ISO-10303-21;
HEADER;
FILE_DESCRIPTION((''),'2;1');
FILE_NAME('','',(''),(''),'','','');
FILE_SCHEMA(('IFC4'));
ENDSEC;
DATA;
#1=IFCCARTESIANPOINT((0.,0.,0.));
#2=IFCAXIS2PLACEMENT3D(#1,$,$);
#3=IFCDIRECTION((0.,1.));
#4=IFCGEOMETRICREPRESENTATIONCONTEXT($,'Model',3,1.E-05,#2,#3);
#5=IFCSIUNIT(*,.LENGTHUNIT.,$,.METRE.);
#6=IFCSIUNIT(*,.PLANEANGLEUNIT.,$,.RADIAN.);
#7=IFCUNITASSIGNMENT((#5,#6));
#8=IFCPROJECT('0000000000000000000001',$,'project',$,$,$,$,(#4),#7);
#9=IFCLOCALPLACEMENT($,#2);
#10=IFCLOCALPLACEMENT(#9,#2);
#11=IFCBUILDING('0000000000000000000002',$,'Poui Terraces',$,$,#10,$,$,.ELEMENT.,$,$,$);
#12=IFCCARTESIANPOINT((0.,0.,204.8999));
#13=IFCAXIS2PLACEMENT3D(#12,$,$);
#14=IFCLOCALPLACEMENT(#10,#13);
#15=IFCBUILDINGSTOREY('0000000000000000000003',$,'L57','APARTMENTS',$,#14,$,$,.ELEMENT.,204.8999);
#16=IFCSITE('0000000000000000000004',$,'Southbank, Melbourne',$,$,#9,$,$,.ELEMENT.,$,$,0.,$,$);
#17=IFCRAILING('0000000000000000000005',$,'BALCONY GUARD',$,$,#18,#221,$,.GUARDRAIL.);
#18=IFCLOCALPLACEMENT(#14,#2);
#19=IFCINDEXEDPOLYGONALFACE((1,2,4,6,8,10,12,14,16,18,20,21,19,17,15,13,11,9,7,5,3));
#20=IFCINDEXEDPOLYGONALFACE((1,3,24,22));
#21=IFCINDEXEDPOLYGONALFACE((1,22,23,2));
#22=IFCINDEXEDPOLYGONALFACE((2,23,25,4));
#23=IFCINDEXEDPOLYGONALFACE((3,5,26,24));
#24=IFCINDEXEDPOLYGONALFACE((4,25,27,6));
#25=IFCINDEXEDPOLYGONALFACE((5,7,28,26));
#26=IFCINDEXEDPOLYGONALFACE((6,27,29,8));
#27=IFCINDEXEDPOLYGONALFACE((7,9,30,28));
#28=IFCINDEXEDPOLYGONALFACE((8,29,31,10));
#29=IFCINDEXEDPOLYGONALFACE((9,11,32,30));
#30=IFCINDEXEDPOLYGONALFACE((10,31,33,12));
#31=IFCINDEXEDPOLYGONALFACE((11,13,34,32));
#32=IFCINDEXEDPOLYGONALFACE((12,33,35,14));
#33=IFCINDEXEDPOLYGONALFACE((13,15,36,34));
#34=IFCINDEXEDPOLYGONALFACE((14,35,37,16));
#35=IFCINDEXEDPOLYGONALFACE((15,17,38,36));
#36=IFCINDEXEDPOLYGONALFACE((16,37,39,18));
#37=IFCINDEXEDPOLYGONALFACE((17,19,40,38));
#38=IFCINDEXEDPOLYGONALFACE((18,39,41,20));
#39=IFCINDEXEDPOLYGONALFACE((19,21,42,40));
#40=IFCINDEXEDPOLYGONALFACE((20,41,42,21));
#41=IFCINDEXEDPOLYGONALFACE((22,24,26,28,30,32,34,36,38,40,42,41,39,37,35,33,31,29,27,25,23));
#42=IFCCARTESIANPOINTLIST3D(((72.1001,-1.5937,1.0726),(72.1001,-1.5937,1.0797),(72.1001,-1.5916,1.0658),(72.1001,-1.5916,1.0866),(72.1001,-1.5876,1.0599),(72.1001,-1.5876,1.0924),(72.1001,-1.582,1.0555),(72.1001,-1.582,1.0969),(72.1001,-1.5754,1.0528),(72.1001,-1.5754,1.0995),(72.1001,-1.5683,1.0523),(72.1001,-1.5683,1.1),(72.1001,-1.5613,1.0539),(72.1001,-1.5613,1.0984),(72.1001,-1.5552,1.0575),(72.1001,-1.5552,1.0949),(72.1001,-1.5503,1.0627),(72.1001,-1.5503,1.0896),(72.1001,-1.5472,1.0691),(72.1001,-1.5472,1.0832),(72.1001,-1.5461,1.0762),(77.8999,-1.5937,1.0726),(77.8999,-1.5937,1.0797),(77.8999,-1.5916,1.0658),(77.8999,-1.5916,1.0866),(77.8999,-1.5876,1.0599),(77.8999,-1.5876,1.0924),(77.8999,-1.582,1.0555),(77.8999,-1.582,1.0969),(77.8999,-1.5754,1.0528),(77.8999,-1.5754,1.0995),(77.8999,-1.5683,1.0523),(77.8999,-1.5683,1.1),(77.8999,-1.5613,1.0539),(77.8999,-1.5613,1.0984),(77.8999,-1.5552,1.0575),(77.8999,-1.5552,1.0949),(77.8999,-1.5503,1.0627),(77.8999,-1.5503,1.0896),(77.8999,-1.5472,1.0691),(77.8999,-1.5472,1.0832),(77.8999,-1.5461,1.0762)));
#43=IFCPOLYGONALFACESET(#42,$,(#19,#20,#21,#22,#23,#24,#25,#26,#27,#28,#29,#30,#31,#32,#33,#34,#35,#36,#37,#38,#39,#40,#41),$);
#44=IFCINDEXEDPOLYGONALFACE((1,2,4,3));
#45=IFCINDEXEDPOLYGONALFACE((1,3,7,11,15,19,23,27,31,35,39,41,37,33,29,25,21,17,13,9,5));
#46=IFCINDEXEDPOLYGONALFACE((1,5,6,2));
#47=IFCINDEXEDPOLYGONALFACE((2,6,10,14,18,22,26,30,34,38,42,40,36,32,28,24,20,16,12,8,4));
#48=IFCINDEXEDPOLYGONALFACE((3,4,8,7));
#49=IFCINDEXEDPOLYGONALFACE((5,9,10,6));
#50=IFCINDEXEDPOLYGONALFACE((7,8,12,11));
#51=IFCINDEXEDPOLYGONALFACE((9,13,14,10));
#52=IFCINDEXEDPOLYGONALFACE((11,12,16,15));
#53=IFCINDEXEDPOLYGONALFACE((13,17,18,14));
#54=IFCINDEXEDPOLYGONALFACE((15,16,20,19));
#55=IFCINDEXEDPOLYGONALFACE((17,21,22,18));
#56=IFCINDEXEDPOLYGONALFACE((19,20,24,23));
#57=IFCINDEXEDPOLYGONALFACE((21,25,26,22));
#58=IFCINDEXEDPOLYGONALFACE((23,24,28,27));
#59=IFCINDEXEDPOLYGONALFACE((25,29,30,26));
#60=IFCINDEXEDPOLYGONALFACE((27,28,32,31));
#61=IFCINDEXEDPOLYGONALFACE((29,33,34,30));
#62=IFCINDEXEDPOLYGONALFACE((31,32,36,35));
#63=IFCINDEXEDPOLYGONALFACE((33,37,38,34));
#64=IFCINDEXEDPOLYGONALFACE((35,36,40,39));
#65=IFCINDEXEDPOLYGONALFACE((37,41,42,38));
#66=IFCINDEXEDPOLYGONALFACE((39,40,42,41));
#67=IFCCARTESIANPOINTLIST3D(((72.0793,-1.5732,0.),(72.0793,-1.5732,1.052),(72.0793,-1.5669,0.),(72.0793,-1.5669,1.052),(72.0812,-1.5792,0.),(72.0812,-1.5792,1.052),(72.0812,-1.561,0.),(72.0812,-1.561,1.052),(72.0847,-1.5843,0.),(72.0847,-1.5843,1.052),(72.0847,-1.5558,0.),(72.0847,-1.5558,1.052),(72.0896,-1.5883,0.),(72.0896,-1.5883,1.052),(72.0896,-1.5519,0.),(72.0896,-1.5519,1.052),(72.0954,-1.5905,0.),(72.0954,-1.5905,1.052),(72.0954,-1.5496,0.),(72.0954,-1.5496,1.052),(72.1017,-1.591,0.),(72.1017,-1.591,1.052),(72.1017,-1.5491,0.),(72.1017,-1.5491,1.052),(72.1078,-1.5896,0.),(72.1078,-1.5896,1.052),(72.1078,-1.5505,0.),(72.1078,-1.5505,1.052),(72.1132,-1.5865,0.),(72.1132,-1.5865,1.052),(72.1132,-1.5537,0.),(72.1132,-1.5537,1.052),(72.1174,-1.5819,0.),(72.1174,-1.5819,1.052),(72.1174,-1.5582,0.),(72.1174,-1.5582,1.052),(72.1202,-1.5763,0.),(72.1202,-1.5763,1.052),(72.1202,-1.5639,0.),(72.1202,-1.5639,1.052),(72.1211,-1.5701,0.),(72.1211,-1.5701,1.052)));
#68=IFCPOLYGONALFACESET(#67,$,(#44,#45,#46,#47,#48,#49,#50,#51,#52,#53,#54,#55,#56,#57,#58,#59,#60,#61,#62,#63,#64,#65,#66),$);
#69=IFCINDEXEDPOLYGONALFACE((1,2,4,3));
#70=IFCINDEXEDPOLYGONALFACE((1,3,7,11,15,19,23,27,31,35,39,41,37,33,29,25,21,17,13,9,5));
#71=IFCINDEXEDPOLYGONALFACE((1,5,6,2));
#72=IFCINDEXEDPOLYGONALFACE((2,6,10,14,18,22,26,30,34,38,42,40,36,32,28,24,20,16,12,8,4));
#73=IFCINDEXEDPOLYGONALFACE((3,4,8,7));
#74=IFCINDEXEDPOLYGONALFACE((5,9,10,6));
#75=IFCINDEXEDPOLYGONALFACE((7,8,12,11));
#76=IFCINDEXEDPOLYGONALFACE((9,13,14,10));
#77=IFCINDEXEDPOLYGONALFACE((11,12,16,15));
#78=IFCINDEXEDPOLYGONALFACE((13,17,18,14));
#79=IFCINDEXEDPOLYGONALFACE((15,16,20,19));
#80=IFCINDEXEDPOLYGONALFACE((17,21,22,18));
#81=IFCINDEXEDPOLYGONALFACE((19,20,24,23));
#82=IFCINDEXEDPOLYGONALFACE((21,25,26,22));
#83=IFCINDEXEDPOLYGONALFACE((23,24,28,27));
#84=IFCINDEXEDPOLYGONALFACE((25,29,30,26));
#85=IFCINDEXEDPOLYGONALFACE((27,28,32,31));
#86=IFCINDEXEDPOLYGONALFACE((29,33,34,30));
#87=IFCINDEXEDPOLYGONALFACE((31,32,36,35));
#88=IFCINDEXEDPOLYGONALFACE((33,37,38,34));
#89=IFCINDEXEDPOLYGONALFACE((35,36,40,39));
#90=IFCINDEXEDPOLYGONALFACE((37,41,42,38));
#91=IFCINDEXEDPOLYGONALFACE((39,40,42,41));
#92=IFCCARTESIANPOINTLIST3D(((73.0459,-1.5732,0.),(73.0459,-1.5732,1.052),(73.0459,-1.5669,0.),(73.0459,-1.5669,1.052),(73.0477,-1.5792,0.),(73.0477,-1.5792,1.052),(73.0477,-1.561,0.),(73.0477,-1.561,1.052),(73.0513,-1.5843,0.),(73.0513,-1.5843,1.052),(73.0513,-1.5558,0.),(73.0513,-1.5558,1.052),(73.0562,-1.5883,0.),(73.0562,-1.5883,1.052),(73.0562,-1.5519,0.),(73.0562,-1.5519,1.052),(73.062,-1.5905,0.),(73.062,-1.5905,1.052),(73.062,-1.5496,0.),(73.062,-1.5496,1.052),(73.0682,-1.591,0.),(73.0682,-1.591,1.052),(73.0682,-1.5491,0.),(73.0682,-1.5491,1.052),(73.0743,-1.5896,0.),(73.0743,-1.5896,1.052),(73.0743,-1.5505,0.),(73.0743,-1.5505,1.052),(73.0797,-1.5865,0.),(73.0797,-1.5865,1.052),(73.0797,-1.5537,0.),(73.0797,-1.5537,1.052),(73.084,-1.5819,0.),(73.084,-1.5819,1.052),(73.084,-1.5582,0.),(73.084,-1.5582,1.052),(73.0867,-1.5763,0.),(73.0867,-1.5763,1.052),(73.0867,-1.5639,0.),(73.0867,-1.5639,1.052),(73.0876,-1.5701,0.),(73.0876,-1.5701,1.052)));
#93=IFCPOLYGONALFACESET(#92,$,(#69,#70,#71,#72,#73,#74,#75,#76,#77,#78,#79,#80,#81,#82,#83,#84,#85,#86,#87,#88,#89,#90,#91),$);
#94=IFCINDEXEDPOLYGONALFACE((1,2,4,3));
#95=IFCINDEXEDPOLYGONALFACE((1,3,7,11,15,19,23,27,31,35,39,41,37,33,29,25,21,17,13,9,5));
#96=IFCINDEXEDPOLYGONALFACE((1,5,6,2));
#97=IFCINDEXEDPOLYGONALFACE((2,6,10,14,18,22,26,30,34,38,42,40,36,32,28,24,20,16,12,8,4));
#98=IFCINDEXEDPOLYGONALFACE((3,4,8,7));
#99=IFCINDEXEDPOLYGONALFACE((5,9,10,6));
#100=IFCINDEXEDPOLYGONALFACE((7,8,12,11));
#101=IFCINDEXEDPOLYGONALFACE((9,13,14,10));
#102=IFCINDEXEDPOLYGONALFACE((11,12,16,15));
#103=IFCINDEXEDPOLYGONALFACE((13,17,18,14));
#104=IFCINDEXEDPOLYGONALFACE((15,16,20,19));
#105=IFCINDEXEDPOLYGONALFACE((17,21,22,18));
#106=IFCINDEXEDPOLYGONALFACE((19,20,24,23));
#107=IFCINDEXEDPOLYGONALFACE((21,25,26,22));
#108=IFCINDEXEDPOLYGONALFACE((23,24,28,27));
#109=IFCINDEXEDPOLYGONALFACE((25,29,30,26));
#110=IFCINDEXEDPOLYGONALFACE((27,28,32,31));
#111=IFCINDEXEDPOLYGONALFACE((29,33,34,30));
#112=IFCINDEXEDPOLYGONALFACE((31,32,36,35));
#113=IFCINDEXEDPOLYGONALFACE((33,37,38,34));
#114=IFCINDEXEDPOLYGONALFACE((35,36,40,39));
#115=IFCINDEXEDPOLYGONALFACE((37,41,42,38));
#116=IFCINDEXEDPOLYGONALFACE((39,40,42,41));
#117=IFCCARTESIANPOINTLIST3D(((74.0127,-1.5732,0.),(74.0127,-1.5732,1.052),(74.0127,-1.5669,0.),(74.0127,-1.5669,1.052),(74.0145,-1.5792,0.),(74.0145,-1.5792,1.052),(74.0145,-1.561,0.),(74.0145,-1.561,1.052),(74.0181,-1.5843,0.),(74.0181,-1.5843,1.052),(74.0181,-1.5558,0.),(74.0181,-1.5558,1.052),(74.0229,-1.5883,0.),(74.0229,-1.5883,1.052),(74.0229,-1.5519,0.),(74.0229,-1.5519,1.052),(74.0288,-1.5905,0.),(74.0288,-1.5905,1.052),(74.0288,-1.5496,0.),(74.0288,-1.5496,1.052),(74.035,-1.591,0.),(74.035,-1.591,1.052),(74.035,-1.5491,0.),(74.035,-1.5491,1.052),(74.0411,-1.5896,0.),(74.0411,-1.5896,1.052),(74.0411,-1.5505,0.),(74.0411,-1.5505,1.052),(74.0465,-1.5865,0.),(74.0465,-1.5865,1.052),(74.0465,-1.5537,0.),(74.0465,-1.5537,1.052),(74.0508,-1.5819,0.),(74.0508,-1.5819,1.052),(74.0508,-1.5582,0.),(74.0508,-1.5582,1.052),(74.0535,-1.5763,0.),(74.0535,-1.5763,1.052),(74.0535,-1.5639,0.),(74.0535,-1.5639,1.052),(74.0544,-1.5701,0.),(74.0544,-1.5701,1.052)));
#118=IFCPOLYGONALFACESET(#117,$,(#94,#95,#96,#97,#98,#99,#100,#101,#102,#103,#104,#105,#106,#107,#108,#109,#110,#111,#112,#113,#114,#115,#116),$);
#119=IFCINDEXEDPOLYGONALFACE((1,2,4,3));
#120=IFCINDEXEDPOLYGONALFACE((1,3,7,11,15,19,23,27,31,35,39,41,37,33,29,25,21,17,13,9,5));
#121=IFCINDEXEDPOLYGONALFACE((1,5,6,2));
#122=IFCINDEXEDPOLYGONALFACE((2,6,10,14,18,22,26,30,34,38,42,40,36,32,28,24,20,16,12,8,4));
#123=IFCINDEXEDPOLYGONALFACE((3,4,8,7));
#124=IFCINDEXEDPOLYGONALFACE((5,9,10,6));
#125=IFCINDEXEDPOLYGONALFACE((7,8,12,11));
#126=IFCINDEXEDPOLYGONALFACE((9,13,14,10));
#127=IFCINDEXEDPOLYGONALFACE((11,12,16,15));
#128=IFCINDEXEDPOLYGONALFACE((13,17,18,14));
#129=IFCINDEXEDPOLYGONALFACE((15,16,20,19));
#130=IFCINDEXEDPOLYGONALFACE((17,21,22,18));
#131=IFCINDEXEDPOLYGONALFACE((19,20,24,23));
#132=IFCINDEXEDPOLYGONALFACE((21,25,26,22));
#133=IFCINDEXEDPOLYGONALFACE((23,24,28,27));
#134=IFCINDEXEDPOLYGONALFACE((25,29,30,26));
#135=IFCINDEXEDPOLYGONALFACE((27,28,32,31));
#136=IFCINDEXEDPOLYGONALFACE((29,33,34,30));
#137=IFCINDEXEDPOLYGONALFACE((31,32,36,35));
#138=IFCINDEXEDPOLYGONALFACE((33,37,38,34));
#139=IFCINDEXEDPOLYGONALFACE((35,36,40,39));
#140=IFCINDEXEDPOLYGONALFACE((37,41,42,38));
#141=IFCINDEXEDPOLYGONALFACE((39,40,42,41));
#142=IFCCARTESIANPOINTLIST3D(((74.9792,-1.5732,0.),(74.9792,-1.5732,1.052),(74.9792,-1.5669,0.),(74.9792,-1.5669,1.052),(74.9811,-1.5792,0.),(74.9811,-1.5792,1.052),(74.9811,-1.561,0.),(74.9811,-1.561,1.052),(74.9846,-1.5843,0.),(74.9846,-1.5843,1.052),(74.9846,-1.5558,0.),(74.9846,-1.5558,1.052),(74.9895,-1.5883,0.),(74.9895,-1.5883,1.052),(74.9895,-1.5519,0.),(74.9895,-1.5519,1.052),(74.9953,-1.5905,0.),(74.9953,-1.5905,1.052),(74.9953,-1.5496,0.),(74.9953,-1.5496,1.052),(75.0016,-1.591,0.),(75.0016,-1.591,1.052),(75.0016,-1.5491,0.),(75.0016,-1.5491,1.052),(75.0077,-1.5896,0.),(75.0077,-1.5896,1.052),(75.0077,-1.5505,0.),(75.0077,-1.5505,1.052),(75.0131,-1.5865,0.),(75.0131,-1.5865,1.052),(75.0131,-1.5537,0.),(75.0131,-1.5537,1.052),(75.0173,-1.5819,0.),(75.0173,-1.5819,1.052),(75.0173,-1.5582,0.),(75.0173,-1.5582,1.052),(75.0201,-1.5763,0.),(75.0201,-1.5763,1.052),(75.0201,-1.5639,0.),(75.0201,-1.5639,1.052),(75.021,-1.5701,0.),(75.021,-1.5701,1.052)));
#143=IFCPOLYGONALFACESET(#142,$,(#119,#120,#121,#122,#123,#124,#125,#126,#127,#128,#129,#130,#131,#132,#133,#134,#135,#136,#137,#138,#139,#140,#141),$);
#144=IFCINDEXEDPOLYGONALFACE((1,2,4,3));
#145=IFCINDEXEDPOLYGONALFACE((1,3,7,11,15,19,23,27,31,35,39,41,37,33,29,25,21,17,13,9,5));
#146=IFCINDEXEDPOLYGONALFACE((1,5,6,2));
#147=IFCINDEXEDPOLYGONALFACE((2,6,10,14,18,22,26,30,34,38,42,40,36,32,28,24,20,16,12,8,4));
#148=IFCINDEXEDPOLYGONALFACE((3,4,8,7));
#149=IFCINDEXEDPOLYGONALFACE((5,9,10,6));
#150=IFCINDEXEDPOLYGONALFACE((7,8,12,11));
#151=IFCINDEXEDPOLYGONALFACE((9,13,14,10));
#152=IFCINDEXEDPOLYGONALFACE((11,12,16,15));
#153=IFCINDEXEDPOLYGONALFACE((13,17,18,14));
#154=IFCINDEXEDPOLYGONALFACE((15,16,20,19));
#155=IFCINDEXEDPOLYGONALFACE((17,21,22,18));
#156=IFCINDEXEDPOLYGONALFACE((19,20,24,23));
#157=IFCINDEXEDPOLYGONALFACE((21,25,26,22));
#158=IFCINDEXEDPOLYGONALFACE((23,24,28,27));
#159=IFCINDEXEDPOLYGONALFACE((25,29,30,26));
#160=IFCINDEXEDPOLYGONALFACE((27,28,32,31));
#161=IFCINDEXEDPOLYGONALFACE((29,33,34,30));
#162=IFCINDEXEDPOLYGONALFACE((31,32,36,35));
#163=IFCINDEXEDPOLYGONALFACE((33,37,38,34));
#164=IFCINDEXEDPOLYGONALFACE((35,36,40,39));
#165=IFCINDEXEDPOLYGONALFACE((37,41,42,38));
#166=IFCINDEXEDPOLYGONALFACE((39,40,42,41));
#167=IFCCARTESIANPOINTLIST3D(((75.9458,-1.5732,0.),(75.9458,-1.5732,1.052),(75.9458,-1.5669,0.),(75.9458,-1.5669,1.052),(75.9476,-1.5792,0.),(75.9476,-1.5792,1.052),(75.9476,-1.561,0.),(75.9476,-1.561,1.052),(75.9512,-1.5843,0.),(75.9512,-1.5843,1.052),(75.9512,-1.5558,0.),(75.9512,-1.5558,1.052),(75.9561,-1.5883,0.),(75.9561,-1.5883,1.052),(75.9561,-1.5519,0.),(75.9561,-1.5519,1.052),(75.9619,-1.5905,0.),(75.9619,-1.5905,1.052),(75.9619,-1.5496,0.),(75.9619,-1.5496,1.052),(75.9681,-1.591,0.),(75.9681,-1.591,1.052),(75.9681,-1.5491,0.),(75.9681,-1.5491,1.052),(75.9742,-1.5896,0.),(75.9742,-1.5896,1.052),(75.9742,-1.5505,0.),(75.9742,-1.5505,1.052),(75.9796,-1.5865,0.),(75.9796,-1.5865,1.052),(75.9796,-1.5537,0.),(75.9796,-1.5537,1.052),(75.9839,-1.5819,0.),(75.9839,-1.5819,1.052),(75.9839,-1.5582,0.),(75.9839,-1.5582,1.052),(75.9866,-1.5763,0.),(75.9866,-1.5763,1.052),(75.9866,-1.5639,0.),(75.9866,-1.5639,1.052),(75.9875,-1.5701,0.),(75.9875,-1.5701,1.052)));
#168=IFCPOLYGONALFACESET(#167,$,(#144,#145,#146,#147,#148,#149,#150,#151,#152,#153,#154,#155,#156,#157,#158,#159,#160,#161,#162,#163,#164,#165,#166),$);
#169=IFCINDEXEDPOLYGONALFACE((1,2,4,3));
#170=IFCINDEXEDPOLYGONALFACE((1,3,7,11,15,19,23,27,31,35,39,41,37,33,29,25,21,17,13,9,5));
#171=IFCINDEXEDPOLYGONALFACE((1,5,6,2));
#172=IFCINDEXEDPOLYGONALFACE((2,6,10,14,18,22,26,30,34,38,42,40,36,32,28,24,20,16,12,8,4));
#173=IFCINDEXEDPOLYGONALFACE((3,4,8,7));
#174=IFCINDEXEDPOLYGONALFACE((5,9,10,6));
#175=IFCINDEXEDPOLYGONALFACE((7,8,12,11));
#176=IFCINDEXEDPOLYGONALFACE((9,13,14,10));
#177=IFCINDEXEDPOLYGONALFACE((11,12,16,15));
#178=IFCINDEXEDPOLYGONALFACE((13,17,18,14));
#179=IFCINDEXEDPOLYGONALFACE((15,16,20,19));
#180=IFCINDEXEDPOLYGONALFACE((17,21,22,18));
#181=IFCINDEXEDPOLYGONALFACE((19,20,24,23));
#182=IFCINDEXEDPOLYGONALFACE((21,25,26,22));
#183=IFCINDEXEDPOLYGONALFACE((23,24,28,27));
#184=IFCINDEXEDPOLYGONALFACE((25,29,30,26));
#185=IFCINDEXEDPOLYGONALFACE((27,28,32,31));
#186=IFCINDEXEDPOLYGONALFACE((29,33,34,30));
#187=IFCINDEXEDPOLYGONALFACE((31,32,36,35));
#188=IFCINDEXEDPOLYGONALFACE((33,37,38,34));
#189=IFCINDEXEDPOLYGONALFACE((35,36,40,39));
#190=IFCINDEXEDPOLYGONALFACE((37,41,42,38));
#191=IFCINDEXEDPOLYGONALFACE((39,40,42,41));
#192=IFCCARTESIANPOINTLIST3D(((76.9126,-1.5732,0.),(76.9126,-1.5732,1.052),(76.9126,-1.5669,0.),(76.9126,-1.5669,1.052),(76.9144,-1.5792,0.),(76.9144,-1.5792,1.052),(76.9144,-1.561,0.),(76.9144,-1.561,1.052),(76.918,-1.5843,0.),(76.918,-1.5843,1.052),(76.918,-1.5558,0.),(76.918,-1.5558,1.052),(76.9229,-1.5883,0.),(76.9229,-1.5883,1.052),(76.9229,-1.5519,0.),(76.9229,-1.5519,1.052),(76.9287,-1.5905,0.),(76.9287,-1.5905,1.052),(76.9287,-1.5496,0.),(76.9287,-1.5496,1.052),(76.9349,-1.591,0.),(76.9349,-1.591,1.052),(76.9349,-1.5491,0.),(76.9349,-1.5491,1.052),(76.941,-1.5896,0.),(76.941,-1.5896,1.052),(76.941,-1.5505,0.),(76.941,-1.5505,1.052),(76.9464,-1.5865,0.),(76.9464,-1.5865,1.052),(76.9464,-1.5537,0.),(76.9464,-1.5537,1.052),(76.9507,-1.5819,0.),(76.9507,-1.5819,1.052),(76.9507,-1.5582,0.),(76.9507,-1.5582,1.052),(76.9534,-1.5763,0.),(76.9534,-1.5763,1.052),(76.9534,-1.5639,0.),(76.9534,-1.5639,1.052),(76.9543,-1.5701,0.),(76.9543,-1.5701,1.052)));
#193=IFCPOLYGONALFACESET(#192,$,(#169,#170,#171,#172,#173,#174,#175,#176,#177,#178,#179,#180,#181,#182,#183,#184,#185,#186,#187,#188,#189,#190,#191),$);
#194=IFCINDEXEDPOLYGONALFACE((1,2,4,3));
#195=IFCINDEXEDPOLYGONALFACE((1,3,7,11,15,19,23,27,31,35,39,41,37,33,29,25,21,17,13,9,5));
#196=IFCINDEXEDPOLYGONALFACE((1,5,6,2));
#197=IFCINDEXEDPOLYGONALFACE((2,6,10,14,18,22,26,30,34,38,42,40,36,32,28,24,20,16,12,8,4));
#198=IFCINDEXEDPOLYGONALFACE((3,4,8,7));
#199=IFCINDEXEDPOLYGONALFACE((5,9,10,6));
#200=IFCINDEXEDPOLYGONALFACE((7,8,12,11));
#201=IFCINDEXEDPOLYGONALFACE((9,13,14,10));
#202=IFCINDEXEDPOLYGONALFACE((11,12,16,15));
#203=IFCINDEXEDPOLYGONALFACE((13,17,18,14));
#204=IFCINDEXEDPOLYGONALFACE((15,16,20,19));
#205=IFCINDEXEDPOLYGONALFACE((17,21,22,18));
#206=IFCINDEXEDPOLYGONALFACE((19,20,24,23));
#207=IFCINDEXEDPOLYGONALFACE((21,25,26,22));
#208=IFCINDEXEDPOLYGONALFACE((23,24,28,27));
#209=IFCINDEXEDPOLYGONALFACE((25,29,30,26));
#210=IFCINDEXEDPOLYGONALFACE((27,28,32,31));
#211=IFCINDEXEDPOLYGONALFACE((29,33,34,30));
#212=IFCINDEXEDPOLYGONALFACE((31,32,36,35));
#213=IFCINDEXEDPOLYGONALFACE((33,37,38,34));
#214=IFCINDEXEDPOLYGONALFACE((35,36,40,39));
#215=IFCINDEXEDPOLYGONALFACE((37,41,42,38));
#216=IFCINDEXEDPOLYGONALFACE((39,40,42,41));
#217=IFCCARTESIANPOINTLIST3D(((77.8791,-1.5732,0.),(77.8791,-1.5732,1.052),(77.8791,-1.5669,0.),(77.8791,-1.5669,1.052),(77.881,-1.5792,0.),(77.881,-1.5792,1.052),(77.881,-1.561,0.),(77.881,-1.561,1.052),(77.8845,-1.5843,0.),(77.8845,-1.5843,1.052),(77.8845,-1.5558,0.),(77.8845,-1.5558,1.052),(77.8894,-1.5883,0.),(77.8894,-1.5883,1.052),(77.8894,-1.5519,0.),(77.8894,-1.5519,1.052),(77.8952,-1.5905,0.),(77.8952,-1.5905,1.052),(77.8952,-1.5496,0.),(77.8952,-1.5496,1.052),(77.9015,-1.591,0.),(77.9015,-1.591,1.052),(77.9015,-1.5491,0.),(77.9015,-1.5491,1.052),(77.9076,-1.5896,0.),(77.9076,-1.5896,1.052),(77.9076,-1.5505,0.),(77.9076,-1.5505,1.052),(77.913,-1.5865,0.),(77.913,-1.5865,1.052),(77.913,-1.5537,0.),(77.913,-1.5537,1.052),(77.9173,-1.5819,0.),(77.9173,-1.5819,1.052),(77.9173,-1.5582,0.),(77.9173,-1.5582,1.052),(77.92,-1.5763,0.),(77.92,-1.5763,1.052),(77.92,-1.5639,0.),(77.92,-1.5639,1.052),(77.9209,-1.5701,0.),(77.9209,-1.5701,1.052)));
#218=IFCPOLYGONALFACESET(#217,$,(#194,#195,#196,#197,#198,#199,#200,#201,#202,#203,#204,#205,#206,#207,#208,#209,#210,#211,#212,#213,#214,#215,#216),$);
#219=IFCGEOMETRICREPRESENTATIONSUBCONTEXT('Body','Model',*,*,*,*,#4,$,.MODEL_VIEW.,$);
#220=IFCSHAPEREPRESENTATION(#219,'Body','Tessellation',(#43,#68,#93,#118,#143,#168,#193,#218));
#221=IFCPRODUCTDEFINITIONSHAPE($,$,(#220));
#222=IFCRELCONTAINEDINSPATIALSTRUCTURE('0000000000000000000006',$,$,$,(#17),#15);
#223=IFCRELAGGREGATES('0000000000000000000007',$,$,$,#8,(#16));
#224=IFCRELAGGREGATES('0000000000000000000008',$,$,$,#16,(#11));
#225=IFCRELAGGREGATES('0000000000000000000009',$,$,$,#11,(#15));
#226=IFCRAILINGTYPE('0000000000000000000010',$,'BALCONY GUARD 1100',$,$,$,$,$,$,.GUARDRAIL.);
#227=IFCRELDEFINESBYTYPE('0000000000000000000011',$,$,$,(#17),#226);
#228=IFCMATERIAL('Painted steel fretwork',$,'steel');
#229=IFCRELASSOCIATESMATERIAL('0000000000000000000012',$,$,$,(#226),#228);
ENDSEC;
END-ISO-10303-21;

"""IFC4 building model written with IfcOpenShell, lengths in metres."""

from ifc_helpers import new_model, si_unit, direction, frame, origin, origin_2d, place, context, subcontext, project, spatial, circle, extrude, material, type_object, element, save


model = new_model("IFC4")

# Units and contexts
model_context = context("Model", 3, precision=1e-05, world=origin(), true_north=direction((0.0, 1.0)))
body_context = subcontext(model_context, "Body", "Model", "MODEL_VIEW")
ifc_project = project(units=[si_unit("LENGTHUNIT", "METRE"), si_unit("PLANEANGLEUNIT", "RADIAN")], contexts=[model_context])

# Site, building, storey
site_placement = place(None, origin())
site = spatial("IfcSite", under=ifc_project, at=site_placement, Name="Southbank, Melbourne", CompositionType="ELEMENT", RefElevation=0.0)
building_placement = place(site_placement, origin())
building = spatial("IfcBuilding", under=site, at=building_placement, Name="Poui Terraces", CompositionType="ELEMENT")
storey_placement = place(building_placement, frame((0.0, 0.0, 204.8999)))
storey = spatial("IfcBuildingStorey", under=building, at=storey_placement, Name="L57", Description="APARTMENTS", CompositionType="ELEMENT", Elevation=204.8999)

# Railing
ifc_material_1 = material(Name="Painted steel fretwork", Category="steel")
railing_type = type_object("IfcRailingType", Name="BALCONY GUARD 1100", PredefinedType="GUARDRAIL", material=ifc_material_1)
railing_placement = place(storey_placement, frame((72.1001, -1.5701, 0.0)))
element("IfcRailing", 1, at=railing_placement, inside=storey, type_object=railing_type, Name="BALCONY GUARD", PredefinedType="GUARDRAIL", context=body_context, shape_type="SweptSolid", body=[
    extrude(circle(Radius=0.0239, at=origin_2d()), frame((0.0, 0.0, 1.0762), z_axis=(1.0, 0.0, 0.0), x_axis=(0.0, 1.0, 0.0)), (0.0, 0.0, 1.0), 5.7998),
    extrude(circle(Radius=0.021, at=origin_2d()), origin(), (0.0, 0.0, 1.0), 1.052),
    extrude(circle(Radius=0.021, at=origin_2d()), frame((0.9666, 0.0, 0.0)), (0.0, 0.0, 1.0), 1.052),
    extrude(circle(Radius=0.021, at=origin_2d()), frame((1.9333, 0.0, 0.0)), (0.0, 0.0, 1.0), 1.052),
    extrude(circle(Radius=0.021, at=origin_2d()), frame((2.8999, 0.0, 0.0)), (0.0, 0.0, 1.0), 1.052),
    extrude(circle(Radius=0.021, at=origin_2d()), frame((3.8665, 0.0, 0.0)), (0.0, 0.0, 1.0), 1.052),
    extrude(circle(Radius=0.021, at=origin_2d()), frame((4.8333, 0.0, 0.0)), (0.0, 0.0, 1.0), 1.052),
    extrude(circle(Radius=0.021, at=origin_2d()), frame((5.7998, 0.0, 0.0)), (0.0, 0.0, 1.0), 1.052),
])

save(model, "model.ifc")
